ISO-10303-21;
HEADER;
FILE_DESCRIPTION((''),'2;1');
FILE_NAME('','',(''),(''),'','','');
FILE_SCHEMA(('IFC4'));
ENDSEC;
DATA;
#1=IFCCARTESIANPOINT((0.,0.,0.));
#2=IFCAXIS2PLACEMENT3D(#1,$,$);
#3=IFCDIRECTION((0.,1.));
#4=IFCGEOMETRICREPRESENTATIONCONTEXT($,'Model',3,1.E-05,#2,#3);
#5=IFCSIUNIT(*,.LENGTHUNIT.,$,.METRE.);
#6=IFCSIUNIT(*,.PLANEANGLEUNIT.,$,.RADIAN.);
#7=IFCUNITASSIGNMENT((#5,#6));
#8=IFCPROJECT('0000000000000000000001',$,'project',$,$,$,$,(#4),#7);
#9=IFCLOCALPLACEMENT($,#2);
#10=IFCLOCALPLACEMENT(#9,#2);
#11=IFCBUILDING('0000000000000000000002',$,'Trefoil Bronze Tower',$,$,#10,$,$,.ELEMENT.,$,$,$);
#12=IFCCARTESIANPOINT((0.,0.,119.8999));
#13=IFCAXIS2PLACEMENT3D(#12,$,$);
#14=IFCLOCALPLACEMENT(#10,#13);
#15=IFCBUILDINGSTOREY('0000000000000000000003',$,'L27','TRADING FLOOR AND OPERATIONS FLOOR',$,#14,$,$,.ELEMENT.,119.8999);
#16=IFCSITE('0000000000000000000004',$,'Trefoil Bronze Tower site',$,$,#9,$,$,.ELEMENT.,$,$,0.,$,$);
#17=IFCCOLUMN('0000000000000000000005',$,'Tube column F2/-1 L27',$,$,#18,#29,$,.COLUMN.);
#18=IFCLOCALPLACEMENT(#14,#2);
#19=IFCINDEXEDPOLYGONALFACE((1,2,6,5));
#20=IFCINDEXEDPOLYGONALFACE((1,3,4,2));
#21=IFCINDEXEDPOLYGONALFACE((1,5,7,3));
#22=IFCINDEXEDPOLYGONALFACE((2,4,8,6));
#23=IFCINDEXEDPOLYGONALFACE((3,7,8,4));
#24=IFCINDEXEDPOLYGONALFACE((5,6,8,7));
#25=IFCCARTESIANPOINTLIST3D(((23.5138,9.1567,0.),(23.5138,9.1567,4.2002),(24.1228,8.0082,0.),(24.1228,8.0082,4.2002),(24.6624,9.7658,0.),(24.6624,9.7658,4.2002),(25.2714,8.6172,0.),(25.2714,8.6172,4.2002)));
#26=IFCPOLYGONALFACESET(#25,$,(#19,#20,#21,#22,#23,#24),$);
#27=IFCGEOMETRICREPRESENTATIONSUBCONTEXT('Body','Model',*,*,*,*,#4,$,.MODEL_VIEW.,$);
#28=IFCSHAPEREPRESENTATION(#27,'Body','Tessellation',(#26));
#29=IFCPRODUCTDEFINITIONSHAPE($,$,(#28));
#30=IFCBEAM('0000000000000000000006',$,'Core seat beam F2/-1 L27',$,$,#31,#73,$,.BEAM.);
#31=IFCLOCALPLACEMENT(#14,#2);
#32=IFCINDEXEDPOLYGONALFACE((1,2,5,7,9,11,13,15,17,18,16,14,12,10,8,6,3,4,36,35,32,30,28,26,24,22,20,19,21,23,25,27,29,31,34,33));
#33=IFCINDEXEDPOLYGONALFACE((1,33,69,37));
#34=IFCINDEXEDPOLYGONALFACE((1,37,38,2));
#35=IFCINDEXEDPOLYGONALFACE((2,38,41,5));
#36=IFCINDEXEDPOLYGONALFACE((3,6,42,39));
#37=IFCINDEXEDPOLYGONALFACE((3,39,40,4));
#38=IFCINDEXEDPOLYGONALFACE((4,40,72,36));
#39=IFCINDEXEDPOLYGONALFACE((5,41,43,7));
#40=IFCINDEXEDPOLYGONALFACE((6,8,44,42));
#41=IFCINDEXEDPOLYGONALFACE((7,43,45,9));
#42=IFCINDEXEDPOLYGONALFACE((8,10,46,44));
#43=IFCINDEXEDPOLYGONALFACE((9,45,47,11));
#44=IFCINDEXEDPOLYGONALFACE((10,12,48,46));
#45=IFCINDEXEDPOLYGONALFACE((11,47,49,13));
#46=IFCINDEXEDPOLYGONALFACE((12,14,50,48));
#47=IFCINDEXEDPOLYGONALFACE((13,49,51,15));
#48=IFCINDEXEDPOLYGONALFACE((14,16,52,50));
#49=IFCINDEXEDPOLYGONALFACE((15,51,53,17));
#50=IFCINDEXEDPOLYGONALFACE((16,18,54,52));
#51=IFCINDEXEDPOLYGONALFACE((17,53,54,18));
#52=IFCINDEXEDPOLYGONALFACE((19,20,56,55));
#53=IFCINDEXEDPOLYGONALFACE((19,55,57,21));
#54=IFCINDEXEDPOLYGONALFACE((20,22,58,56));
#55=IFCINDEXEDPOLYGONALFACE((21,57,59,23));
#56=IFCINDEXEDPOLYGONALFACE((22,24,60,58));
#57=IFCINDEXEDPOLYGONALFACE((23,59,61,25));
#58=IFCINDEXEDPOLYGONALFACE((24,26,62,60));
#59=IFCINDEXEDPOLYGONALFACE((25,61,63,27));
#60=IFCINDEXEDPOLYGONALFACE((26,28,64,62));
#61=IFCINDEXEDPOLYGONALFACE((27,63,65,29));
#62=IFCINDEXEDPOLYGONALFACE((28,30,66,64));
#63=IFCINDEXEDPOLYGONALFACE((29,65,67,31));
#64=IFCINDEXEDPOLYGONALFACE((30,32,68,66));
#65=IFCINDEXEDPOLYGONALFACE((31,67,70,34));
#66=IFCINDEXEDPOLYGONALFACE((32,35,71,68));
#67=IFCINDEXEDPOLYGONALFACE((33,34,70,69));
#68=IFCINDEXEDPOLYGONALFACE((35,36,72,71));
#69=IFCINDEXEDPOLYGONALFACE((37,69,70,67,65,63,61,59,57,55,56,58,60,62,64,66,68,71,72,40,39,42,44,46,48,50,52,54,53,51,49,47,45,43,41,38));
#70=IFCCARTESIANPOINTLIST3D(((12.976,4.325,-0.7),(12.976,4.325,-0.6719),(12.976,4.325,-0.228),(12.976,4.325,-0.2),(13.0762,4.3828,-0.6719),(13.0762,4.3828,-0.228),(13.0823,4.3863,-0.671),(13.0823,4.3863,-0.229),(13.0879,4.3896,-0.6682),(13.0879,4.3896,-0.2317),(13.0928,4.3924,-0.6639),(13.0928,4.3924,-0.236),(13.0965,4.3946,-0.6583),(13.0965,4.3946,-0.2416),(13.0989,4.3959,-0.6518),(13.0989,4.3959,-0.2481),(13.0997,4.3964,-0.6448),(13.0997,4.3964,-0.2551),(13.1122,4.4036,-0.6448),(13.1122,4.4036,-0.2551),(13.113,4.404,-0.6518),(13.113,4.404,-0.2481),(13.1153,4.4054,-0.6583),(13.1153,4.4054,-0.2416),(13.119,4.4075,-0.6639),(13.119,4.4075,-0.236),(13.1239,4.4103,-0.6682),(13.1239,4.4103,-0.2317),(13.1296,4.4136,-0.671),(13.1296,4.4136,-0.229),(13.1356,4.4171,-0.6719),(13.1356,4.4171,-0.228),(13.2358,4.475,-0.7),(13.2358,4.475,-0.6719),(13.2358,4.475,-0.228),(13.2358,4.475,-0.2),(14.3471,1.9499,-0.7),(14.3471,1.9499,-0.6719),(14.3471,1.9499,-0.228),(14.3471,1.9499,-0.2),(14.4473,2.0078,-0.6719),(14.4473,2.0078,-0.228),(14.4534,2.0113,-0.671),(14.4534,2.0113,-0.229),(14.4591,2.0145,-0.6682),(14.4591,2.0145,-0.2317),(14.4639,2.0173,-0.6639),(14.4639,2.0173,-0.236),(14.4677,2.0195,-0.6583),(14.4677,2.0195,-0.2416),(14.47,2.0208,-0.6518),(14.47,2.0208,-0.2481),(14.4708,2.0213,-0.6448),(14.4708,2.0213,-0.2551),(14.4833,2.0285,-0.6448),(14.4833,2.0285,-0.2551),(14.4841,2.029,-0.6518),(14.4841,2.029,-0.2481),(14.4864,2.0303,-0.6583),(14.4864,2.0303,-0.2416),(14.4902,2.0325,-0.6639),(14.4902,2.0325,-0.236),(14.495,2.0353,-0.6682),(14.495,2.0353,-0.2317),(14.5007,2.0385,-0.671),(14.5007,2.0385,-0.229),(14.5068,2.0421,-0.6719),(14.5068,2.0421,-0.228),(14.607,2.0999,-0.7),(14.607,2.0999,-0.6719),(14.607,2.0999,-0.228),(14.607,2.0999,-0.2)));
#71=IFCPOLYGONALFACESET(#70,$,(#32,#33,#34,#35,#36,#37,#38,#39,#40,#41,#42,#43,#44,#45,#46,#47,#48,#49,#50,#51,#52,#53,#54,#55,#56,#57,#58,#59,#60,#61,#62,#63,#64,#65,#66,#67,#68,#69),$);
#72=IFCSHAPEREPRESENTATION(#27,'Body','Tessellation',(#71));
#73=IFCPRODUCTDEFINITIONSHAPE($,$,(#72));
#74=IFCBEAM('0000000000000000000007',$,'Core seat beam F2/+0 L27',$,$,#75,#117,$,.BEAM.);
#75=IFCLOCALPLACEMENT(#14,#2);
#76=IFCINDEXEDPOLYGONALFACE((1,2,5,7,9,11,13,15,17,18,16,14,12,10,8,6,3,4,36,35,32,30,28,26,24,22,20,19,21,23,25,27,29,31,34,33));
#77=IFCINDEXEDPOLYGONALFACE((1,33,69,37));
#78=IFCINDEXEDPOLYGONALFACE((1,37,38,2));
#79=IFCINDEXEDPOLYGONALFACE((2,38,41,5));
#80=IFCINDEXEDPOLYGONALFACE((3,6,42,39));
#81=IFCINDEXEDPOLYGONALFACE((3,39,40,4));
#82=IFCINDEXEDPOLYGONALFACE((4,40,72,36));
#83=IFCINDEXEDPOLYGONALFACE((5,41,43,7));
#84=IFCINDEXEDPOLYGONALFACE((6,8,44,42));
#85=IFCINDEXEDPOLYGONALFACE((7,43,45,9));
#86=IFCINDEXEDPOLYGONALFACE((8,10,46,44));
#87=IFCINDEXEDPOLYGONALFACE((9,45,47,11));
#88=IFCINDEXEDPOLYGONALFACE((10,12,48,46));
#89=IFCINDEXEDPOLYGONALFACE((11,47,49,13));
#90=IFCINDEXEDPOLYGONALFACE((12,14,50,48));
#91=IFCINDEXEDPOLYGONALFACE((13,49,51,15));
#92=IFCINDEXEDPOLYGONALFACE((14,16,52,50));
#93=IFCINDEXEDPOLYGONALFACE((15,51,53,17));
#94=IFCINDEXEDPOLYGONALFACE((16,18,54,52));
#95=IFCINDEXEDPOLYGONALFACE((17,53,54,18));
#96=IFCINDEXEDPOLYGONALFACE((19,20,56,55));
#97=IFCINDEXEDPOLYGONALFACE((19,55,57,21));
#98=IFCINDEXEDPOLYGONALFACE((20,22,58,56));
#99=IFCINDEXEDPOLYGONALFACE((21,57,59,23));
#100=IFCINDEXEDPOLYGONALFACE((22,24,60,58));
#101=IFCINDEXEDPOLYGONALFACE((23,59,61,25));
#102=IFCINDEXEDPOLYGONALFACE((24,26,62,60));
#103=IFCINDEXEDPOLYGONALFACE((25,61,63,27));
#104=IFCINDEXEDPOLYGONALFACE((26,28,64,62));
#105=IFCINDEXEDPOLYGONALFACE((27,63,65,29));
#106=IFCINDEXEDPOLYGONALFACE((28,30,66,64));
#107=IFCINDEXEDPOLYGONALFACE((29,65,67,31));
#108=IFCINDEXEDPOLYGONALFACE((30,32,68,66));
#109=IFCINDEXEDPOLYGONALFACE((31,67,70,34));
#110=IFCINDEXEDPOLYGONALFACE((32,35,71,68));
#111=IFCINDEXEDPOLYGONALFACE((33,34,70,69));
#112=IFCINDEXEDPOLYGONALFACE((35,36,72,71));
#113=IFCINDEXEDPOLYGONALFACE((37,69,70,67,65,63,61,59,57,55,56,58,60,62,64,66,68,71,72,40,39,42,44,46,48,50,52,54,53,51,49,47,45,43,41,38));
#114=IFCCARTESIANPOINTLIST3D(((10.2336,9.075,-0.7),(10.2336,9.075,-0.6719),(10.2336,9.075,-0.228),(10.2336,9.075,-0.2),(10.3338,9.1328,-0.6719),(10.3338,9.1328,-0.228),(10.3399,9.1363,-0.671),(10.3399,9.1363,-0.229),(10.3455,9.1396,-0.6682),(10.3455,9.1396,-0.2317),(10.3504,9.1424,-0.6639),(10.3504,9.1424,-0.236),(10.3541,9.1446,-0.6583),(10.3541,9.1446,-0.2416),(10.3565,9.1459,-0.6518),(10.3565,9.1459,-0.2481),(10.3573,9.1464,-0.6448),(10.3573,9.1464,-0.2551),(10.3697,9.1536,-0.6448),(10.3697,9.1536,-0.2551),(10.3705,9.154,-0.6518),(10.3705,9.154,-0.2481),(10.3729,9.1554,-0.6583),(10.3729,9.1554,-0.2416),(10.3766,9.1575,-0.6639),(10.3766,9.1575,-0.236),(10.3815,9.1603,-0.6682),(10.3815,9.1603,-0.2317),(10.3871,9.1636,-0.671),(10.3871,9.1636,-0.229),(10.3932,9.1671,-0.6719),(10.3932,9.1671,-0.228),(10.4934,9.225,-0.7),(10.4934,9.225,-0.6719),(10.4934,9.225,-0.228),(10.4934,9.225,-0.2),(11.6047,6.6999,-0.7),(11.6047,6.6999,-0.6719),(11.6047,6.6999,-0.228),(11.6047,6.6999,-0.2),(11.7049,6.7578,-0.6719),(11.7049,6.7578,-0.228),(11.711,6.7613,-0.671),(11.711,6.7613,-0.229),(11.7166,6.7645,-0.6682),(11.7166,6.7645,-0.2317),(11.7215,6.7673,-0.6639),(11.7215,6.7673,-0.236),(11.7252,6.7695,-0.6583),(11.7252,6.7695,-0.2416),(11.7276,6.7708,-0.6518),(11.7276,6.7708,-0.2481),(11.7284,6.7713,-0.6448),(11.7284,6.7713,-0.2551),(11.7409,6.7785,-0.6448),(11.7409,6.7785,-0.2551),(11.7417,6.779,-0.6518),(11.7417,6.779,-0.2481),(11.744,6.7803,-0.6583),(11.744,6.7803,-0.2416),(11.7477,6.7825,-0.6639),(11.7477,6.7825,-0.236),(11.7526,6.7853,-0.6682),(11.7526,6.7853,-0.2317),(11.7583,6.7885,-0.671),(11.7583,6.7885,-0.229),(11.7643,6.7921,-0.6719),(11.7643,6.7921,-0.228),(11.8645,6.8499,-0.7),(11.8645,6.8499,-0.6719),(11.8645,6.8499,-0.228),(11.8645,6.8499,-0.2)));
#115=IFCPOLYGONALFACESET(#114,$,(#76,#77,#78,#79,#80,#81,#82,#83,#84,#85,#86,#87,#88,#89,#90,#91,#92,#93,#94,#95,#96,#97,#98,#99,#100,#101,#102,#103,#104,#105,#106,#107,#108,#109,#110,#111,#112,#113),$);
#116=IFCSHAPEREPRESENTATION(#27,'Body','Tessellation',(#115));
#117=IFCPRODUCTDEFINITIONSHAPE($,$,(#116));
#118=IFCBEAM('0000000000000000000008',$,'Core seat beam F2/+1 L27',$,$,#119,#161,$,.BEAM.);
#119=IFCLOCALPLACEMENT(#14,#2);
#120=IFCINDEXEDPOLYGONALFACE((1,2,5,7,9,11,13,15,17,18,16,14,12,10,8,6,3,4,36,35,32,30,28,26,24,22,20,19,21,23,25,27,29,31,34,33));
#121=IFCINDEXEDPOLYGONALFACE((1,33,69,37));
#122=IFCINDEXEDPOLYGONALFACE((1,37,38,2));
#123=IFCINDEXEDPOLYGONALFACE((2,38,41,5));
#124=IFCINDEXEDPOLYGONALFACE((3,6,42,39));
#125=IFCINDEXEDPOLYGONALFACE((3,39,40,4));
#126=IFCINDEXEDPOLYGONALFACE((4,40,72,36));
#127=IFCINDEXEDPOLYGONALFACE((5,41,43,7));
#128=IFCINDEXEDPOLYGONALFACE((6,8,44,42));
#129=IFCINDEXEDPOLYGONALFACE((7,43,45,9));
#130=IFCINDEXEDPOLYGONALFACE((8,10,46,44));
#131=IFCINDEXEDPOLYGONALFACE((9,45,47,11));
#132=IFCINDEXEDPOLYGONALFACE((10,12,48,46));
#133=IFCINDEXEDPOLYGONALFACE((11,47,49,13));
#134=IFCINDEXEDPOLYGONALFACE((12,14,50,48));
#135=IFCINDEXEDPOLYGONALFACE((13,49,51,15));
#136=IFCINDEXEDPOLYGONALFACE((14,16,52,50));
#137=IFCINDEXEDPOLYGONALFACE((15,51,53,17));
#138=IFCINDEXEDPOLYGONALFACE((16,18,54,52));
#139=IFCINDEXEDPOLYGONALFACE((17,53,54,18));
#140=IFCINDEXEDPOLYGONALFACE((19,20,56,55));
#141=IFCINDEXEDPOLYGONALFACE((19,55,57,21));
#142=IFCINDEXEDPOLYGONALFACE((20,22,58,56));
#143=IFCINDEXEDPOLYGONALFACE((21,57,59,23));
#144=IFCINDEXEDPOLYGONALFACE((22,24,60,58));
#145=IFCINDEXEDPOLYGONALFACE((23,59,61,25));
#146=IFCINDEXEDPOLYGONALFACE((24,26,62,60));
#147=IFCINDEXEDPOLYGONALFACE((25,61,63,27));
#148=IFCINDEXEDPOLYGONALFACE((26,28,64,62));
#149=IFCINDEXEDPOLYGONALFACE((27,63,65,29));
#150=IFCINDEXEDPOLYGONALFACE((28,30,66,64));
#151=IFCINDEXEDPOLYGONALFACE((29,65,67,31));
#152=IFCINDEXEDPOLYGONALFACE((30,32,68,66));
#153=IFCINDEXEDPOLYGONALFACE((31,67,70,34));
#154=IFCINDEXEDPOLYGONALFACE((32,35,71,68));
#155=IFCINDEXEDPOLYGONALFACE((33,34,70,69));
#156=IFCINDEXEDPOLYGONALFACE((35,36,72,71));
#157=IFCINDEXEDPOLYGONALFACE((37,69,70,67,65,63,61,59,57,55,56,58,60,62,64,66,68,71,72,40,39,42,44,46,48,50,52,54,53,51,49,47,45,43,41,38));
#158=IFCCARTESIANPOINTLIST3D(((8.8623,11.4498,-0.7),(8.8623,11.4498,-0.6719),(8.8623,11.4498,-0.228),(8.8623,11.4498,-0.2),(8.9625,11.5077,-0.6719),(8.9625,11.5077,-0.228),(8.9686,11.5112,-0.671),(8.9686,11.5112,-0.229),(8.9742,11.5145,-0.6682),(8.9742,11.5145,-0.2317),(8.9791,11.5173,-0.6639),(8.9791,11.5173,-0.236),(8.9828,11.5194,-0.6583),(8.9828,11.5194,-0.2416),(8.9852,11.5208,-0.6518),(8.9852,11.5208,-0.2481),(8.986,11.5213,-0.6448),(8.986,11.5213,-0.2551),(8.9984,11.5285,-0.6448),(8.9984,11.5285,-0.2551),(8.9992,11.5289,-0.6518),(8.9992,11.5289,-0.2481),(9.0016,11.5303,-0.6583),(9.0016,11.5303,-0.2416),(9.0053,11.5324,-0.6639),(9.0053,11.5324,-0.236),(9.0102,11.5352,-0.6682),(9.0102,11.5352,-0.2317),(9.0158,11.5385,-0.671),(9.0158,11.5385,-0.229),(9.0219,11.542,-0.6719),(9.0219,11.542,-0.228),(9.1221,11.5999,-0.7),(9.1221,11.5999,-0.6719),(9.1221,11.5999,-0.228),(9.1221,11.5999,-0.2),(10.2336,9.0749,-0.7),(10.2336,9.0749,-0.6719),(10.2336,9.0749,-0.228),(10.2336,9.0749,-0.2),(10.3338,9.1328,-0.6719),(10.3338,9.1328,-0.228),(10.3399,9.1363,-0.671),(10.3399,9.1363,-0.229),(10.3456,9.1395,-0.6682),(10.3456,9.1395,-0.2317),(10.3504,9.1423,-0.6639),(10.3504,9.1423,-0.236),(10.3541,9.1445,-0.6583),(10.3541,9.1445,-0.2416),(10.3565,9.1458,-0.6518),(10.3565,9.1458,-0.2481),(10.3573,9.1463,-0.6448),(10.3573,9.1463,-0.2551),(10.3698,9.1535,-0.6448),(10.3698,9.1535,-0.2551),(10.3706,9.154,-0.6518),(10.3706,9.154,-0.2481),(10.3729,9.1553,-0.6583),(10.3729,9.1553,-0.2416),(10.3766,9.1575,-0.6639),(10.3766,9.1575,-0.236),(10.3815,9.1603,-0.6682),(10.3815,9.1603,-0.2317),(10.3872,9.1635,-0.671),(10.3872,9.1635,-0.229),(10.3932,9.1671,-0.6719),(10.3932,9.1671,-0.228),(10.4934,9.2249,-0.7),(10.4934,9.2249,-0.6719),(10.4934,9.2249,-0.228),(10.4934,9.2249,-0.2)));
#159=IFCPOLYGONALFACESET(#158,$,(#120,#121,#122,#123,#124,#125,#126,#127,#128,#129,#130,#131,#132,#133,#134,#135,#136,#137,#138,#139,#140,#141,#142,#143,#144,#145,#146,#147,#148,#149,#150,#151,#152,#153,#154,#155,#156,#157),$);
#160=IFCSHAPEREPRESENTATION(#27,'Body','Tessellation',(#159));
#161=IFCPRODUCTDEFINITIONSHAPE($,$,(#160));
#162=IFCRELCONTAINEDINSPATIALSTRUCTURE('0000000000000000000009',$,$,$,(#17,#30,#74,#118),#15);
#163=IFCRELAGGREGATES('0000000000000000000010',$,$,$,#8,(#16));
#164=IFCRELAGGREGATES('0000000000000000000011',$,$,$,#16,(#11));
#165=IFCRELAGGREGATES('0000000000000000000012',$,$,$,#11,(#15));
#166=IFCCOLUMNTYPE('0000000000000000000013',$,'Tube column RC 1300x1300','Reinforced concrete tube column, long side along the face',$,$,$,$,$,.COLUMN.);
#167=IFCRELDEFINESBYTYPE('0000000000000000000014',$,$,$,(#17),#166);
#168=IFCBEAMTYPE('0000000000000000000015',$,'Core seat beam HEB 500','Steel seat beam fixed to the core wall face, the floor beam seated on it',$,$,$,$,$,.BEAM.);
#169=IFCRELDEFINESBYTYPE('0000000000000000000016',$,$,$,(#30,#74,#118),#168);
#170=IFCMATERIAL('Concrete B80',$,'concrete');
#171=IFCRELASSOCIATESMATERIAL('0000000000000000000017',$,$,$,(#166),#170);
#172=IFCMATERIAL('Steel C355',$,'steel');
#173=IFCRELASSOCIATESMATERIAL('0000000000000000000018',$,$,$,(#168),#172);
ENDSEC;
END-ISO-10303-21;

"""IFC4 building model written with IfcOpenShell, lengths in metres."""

from ifc_helpers import new_model, si_unit, direction, frame, origin, origin_2d, place, context, subcontext, project, spatial, rectangle, i_section, extrude, material, material_profile, profile_set, type_object, element, save


model = new_model("IFC4")

# Units and contexts
model_context = context("Model", 3, precision=1e-05, world=origin(), true_north=direction((0.0, 1.0)))
body_context = subcontext(model_context, "Body", "Model", "MODEL_VIEW")
ifc_project = project(units=[si_unit("LENGTHUNIT", "METRE"), si_unit("PLANEANGLEUNIT", "RADIAN")], contexts=[model_context])

# Site, building, storey
site_placement = place(None, origin())
site = spatial("IfcSite", under=ifc_project, at=site_placement, Name="Trefoil Bronze Tower site", CompositionType="ELEMENT", RefElevation=0.0)
building_placement = place(site_placement, origin())
building = spatial("IfcBuilding", under=site, at=building_placement, Name="Trefoil Bronze Tower", CompositionType="ELEMENT")
storey_placement = place(building_placement, frame((0.0, 0.0, 119.8999)))
storey = spatial("IfcBuildingStorey", under=building, at=storey_placement, Name="L27", Description="TRADING FLOOR AND OPERATIONS FLOOR", CompositionType="ELEMENT", Elevation=119.8999)

# Column
ifc_material_1 = material(Name="Concrete B80", Category="concrete")
ifc_material_profile_1 = material_profile(ifc_material_1, rectangle(XDim=1.3, YDim=1.3, at=origin_2d()), Name="RC 1300x1300")
ifc_profile_set_1 = profile_set([ifc_material_profile_1], Name="Concrete B80")
column_type = type_object("IfcColumnType", Name="Tube column RC 1300x1300", Description="Reinforced concrete tube column, long side along the face", PredefinedType="COLUMN", material=ifc_profile_set_1)
column_placement = place(storey_placement, frame((24.3926, 8.887, 0.0), z_axis=(0.0, 0.0, 1.0), x_axis=(-0.468457, 0.883486, 0.0)))
element("IfcColumn", 1, at=column_placement, inside=storey, type_object=column_type, Name="Tube column F2/-1 L27", PredefinedType="COLUMN", context=body_context, shape_type="SweptSolid", body=[
    extrude(rectangle(XDim=1.3, YDim=1.3, at=origin_2d()), origin(), (0.0, 0.0, 1.0), 4.2002),
])

# Beams
ifc_material_2 = material(Name="Steel C355", Category="steel")
ifc_material_profile_2 = material_profile(ifc_material_2, i_section(OverallWidth=0.3, OverallDepth=0.5, WebThickness=0.0144, FlangeThickness=0.0281, FilletRadius=0.0271, at=origin_2d()), Name="HEB 500")
ifc_profile_set_2 = profile_set([ifc_material_profile_2], Name="Steel C355")
beam_type_1 = type_object("IfcBeamType", Name="Core seat beam HEB 500", Description="Steel seat beam fixed to the core wall face, the floor beam seated on it", PredefinedType="BEAM", material=ifc_profile_set_2)
for number, where, z_axis, x_axis, name in (
    (2, (14.4771, 2.0249, -0.45), (-0.499969, 0.866043, 0.0), (-0.866043, -0.499969, 0.0), "Core seat beam F2/-1 L27"),
    (3, (11.7346, 6.7749, -0.45), (-0.499969, 0.866043, 0.0), (-0.866043, -0.499969, 0.0), "Core seat beam F2/+0 L27"),
    (4, (10.3635, 9.1499, -0.45), (-0.500036, 0.866005, 0.0), (-0.866005, -0.500036, 0.0), "Core seat beam F2/+1 L27"),
):
    element("IfcBeam", number, at=place(storey_placement, frame(where, z_axis=z_axis, x_axis=x_axis)), inside=storey, type_object=beam_type_1, Name=name, PredefinedType="BEAM", context=body_context, shape_type="SweptSolid", body=[
        extrude(i_section(OverallWidth=0.3, OverallDepth=0.5, WebThickness=0.0144, FlangeThickness=0.0281, FilletRadius=0.0271, at=origin_2d()), origin(), (0.0, 0.0, 1.0), 2.7424),
    ])

save(model, "model.ifc")
